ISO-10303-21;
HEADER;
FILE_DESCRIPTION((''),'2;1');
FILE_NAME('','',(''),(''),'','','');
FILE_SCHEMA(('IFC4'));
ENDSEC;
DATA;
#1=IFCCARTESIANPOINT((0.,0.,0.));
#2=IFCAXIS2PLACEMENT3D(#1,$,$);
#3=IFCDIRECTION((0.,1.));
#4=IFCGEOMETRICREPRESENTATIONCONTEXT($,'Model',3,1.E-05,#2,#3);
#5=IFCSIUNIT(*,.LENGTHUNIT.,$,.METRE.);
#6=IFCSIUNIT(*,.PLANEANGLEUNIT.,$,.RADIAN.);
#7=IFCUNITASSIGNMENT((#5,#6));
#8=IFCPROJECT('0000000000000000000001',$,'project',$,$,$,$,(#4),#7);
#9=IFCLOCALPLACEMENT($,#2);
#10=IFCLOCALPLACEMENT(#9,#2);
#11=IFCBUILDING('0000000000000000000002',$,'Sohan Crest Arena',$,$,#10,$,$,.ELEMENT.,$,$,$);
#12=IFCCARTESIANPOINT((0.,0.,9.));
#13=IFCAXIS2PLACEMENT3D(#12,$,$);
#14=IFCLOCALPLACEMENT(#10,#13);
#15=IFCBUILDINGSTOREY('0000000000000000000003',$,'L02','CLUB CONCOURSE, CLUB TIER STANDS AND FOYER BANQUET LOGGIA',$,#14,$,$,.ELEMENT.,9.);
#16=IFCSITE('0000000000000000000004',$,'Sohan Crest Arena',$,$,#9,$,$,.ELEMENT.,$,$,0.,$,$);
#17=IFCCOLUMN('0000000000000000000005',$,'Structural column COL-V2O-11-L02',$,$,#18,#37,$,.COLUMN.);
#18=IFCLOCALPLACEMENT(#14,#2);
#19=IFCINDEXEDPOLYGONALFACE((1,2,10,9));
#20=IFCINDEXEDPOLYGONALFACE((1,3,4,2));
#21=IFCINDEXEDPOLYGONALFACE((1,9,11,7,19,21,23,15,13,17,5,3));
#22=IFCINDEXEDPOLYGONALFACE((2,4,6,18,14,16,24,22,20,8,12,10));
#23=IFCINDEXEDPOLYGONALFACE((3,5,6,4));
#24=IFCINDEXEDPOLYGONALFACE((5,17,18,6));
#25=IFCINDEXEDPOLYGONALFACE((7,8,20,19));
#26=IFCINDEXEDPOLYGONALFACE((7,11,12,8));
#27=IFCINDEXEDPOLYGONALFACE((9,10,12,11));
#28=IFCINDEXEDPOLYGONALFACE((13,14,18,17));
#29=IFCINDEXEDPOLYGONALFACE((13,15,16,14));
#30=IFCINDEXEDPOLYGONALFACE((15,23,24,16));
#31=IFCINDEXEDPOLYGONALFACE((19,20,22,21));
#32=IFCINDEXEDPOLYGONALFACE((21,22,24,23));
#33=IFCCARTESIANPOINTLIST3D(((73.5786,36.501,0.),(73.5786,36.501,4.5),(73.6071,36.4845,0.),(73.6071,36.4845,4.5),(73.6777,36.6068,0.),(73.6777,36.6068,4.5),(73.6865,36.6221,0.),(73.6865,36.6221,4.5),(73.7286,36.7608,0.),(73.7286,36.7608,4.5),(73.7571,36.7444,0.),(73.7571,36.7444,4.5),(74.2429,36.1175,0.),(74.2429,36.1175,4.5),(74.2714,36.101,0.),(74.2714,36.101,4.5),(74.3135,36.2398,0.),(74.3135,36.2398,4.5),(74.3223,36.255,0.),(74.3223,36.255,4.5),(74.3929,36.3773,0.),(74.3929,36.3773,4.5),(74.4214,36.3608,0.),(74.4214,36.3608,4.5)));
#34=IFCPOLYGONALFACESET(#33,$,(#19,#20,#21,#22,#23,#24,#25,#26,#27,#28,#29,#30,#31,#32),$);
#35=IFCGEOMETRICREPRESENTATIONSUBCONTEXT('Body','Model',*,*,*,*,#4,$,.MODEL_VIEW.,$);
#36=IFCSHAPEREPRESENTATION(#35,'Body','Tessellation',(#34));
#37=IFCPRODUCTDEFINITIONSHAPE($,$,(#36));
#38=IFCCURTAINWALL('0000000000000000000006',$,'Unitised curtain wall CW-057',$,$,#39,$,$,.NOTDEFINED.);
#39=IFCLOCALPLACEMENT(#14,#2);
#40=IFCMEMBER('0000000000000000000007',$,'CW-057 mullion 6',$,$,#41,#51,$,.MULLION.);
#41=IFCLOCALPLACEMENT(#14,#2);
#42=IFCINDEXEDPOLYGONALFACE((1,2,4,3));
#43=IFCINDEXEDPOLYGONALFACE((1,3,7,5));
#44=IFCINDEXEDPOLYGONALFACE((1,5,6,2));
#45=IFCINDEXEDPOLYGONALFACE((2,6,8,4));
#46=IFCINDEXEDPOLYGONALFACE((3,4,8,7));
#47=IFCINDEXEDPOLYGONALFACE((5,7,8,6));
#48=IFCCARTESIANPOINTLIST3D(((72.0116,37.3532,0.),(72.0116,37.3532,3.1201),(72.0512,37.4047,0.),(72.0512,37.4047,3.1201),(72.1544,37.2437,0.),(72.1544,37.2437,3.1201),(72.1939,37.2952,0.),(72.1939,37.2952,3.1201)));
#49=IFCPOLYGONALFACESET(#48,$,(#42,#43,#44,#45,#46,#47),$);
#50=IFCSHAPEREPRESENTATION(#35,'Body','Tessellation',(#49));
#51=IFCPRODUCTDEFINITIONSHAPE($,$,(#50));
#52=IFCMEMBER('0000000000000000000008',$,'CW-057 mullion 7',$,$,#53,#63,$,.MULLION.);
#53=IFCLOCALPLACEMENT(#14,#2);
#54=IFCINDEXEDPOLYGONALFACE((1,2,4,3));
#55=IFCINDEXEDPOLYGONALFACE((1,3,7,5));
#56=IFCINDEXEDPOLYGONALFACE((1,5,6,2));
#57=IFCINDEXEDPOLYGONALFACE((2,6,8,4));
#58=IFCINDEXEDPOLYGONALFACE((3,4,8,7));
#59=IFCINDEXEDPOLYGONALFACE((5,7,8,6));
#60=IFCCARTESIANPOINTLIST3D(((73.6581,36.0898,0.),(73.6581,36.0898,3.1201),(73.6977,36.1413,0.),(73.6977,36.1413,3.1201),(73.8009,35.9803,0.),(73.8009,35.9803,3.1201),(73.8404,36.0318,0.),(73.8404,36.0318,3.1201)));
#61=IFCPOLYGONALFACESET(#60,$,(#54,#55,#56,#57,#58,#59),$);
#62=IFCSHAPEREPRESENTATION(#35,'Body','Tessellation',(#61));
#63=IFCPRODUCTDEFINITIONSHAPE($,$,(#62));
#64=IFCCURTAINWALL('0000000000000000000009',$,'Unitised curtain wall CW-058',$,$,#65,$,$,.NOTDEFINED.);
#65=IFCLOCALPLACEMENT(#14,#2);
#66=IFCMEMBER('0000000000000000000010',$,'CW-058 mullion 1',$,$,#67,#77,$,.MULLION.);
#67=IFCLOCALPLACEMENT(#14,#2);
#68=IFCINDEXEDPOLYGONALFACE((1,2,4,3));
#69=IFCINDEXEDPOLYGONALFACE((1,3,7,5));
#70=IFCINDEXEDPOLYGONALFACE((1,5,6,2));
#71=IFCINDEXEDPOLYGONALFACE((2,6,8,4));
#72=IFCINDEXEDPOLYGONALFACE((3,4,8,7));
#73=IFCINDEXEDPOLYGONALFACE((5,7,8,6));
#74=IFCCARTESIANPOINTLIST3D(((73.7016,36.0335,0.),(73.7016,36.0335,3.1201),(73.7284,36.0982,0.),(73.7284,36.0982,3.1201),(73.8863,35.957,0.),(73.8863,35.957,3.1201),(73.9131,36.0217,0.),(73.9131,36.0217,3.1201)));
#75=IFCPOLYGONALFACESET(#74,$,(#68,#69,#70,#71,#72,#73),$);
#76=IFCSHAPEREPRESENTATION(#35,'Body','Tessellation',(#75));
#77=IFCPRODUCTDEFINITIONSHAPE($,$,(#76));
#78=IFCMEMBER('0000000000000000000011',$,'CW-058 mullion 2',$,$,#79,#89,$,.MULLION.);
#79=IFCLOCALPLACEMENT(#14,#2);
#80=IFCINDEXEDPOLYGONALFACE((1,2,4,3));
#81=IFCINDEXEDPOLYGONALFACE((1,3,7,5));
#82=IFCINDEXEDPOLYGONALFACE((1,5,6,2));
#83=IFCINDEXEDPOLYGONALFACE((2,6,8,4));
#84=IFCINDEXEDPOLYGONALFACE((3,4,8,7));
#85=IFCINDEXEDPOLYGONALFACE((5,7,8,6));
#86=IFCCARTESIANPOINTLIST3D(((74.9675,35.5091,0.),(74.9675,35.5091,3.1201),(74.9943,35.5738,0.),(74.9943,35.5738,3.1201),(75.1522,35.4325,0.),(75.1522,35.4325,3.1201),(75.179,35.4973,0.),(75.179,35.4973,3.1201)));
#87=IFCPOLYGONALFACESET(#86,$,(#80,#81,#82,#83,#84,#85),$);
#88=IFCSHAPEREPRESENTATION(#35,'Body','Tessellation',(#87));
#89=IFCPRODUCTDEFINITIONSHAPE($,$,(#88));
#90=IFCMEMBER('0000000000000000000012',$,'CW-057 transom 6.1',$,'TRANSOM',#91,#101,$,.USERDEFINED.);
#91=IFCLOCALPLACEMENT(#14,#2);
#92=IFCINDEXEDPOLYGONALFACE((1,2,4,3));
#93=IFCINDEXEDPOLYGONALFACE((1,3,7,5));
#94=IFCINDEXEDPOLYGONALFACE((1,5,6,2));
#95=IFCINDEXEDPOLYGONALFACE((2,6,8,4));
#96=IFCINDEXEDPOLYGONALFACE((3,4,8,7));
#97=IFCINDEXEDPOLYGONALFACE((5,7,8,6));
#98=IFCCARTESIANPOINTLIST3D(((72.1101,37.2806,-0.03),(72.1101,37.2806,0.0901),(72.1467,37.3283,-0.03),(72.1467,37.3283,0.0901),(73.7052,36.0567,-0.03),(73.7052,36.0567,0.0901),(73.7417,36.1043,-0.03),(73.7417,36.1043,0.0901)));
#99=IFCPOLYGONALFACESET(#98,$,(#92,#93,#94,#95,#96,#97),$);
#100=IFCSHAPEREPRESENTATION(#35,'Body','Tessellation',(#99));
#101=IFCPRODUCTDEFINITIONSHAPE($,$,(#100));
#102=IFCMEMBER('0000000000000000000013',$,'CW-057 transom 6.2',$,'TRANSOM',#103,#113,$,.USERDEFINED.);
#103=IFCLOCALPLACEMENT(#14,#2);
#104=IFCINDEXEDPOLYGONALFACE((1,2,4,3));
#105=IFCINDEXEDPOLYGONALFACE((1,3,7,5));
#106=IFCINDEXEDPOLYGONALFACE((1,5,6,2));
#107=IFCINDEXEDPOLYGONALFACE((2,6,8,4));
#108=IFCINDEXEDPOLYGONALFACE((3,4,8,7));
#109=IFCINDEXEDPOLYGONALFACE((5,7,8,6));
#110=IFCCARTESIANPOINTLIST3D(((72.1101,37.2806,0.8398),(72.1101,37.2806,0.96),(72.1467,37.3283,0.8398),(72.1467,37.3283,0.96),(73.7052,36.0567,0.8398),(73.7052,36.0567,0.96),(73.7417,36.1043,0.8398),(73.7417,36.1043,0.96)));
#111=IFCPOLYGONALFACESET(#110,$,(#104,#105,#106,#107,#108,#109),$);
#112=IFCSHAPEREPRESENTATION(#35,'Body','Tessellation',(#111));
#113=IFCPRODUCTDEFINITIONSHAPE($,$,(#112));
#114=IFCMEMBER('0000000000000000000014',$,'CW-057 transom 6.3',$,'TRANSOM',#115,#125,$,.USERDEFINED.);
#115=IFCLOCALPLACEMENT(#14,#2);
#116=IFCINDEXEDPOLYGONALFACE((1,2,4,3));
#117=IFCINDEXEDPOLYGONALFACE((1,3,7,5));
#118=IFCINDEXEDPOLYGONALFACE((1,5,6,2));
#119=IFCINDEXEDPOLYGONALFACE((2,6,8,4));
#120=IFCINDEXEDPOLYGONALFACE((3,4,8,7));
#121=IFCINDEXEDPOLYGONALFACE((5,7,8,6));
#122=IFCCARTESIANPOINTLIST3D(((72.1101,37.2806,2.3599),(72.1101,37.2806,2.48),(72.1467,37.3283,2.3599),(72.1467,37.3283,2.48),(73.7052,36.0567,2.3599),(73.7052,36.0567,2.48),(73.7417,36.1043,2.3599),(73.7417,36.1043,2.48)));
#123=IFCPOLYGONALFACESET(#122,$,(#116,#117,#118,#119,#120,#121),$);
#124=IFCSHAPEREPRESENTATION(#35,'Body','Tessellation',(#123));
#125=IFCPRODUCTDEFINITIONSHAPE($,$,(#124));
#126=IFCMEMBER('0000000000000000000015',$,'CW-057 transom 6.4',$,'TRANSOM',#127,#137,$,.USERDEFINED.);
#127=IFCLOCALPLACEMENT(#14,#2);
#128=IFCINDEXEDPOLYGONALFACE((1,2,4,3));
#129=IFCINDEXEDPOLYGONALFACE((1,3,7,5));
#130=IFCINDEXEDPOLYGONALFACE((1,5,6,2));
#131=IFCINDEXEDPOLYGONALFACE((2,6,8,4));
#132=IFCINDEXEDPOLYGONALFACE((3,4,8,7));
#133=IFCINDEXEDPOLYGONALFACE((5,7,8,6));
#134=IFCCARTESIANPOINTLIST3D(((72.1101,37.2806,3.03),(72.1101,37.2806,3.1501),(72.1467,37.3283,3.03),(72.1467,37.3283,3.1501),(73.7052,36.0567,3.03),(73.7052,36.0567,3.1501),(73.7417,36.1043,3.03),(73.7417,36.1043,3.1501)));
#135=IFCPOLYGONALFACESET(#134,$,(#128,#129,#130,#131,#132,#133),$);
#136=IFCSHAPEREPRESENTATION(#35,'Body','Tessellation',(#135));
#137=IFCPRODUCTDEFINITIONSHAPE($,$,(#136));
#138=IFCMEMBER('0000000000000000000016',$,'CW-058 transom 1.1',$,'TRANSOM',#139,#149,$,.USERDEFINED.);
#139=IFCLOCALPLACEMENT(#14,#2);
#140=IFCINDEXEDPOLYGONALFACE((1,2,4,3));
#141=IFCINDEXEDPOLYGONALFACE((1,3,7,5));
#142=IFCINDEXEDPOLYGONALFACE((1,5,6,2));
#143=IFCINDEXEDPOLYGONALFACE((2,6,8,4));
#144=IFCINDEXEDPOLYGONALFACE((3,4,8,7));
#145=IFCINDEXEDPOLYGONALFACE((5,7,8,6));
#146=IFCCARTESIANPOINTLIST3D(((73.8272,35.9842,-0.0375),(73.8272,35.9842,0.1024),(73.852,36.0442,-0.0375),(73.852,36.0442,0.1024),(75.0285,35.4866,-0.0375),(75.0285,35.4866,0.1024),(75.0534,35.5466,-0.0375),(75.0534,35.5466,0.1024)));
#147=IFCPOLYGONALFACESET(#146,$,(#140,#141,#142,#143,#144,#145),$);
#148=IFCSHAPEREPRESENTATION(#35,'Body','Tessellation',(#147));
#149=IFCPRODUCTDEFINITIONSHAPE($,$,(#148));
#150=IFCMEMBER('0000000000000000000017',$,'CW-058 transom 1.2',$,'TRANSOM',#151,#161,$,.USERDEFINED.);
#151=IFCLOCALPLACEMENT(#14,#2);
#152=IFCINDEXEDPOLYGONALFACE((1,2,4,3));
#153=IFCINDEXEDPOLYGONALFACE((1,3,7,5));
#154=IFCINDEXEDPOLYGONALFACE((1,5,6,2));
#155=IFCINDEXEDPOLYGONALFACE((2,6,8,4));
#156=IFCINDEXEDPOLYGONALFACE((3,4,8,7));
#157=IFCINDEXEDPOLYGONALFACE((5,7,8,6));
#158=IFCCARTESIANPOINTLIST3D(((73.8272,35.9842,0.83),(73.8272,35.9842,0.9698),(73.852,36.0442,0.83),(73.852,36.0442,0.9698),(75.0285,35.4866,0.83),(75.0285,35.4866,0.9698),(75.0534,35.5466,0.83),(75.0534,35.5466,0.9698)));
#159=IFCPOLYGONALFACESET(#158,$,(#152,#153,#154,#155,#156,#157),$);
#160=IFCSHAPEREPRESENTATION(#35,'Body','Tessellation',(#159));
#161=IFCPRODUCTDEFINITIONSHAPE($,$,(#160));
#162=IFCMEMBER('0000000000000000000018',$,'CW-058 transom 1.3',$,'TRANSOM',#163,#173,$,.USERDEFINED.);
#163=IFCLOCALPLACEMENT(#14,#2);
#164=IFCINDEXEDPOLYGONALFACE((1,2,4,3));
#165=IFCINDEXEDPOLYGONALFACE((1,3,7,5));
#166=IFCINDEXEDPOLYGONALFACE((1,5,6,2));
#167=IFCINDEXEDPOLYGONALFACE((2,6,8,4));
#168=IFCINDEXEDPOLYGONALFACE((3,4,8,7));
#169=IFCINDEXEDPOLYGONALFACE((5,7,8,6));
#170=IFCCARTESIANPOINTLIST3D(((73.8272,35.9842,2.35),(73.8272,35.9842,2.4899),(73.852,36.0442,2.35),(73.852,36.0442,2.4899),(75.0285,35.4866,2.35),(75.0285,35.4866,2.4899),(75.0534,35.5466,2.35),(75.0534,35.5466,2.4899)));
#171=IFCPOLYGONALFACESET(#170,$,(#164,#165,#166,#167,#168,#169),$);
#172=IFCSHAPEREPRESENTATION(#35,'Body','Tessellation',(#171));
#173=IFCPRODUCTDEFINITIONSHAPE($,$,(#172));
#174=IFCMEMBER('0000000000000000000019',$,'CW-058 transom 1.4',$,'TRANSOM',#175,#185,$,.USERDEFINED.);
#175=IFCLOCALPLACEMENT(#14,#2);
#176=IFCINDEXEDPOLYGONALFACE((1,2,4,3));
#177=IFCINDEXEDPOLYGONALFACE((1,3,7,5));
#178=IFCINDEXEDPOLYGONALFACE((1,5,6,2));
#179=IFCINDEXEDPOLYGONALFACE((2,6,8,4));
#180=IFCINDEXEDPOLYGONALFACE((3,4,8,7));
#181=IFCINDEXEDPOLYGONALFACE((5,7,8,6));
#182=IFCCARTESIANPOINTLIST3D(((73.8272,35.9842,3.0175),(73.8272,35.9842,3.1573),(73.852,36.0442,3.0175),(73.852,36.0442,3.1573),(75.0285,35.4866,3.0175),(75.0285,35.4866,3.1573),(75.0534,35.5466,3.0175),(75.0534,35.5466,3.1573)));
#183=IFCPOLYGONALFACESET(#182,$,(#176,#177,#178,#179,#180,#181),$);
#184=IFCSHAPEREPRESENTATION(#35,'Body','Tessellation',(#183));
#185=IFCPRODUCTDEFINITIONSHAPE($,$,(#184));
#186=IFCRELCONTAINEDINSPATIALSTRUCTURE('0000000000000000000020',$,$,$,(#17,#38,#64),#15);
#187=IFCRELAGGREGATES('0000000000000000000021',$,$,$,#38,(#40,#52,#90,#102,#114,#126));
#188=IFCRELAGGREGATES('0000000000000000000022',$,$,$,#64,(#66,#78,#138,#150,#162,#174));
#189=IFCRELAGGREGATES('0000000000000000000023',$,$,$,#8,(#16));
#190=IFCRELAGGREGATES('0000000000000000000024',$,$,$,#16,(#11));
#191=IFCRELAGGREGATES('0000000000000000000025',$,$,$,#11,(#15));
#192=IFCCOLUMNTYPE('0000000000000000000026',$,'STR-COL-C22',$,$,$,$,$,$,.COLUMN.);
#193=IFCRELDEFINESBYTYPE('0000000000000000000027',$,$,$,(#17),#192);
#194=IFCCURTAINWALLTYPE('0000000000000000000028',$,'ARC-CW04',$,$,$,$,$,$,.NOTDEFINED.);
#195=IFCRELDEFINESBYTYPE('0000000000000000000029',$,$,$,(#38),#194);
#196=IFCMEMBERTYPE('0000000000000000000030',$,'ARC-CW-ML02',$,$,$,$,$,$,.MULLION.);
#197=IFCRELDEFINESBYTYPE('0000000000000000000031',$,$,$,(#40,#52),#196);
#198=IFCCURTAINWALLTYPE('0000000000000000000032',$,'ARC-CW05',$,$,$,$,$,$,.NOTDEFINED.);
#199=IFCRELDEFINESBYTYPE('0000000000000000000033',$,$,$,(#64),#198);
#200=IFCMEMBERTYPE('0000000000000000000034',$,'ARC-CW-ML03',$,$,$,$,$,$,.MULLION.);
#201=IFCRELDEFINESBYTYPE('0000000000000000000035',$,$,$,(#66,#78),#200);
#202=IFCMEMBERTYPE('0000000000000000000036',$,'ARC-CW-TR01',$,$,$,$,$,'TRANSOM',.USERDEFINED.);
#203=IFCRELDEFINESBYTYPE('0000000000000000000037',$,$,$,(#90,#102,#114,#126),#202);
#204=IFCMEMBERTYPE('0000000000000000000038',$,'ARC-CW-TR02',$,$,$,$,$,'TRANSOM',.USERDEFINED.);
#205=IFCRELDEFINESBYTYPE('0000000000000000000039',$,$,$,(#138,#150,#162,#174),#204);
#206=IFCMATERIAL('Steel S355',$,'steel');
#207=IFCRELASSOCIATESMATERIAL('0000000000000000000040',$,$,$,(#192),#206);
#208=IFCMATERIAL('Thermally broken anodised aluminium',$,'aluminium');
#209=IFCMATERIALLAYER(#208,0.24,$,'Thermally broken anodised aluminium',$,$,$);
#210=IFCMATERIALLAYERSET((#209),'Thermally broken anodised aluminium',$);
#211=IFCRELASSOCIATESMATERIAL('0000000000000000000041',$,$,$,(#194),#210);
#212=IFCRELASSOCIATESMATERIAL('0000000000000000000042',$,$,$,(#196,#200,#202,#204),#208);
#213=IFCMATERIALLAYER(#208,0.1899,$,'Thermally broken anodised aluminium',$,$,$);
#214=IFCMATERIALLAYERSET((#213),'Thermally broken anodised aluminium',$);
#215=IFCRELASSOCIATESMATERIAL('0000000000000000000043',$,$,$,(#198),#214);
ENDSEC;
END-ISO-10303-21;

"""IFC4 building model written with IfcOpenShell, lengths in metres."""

from ifc_helpers import new_model, si_unit, direction, frame, origin, origin_2d, place, context, subcontext, project, spatial, rectangle, i_section, extrude, material, layer, layer_set, material_profile, profile_set, type_object, element, aggregate, save


model = new_model("IFC4")

# Units and contexts
model_context = context("Model", 3, precision=1e-05, world=origin(), true_north=direction((0.0, 1.0)))
body_context = subcontext(model_context, "Body", "Model", "MODEL_VIEW")
ifc_project = project(units=[si_unit("LENGTHUNIT", "METRE"), si_unit("PLANEANGLEUNIT", "RADIAN")], contexts=[model_context])

# Site, building, storey
site_placement = place(None, origin())
site = spatial("IfcSite", under=ifc_project, at=site_placement, Name="Sohan Crest Arena", CompositionType="ELEMENT", RefElevation=0.0)
building_placement = place(site_placement, origin())
building = spatial("IfcBuilding", under=site, at=building_placement, Name="Sohan Crest Arena", CompositionType="ELEMENT")
storey_placement = place(building_placement, frame((0.0, 0.0, 9.0)))
storey = spatial("IfcBuildingStorey", under=building, at=storey_placement, Name="L02", Description="CLUB CONCOURSE, CLUB TIER STANDS AND FOYER BANQUET LOGGIA", CompositionType="ELEMENT", Elevation=9.0)

# Column
ifc_material_1 = material(Name="Steel S355", Category="steel")
ifc_material_profile_1 = material_profile(ifc_material_1, i_section(OverallWidth=0.3, OverallDepth=0.8, WebThickness=0.0176, FlangeThickness=0.033, at=origin_2d()), Name="HEB 800")
ifc_profile_set_1 = profile_set([ifc_material_profile_1], Name="Steel S355")
column_type = type_object("IfcColumnType", Name="STR-COL-C22", PredefinedType="COLUMN", material=ifc_profile_set_1)
column_placement = place(storey_placement, frame((74.0, 36.4309, 0.0), z_axis=(0.0, 0.0, 1.0), x_axis=(0.5, 0.866025, 0.0)))
element("IfcColumn", 1, at=column_placement, inside=storey, type_object=column_type, Name="Structural column COL-V2O-11-L02", PredefinedType="COLUMN", context=body_context, shape_type="SweptSolid", body=[
    extrude(i_section(OverallWidth=0.3, OverallDepth=0.8, WebThickness=0.0176, FlangeThickness=0.033, at=origin_2d()), origin(), (0.0, 0.0, 1.0), 4.5),
])

# Curtain walls, members
ifc_material_2 = material(Name="Thermally broken anodised aluminium", Category="aluminium")
ifc_layer_1 = layer(ifc_material_2, 0.24, Name="Thermally broken anodised aluminium")
ifc_layer_set_1 = layer_set([ifc_layer_1], Name="Thermally broken anodised aluminium")
curtain_wall_type_1 = type_object("IfcCurtainWallType", Name="ARC-CW04", PredefinedType="NOTDEFINED", material=ifc_layer_set_1)
curtain_wall_1_placement = place(storey_placement, origin())
curtain_wall_1 = element("IfcCurtainWall", 2, at=curtain_wall_1_placement, inside=storey, type_object=curtain_wall_type_1, Name="Unitised curtain wall CW-057", PredefinedType="NOTDEFINED")
ifc_material_profile_2 = material_profile(ifc_material_2, rectangle(XDim=0.0649, YDim=0.1799, at=origin_2d()), Name="ALU-MULL 65x180")
ifc_profile_set_2 = profile_set([ifc_material_profile_2], Name="Thermally broken anodised aluminium")
member_type_1 = type_object("IfcMemberType", Name="ARC-CW-ML02", PredefinedType="MULLION", material=ifc_profile_set_2)
member_1_placement = place(storey_placement, frame((72.1028, 37.3242, 0.0), z_axis=(0.0, 0.0, 1.0), x_axis=(0.608793, 0.793329, 0.0)))
member_1 = element("IfcMember", 3, at=member_1_placement, type_object=member_type_1, Name="CW-057 mullion 6", PredefinedType="MULLION", context=body_context, shape_type="SweptSolid", body=[
    extrude(rectangle(XDim=0.0649, YDim=0.1799, at=origin_2d()), origin(), (0.0, 0.0, 1.0), 3.1201),
])
member_2_placement = place(storey_placement, frame((73.7493, 36.0608, 0.0), z_axis=(0.0, 0.0, 1.0), x_axis=(0.608793, 0.793329, 0.0)))
member_2 = element("IfcMember", 4, at=member_2_placement, type_object=member_type_1, Name="CW-057 mullion 7", PredefinedType="MULLION", context=body_context, shape_type="SweptSolid", body=[
    extrude(rectangle(XDim=0.0649, YDim=0.1799, at=origin_2d()), origin(), (0.0, 0.0, 1.0), 3.1201),
])
ifc_layer_2 = layer(ifc_material_2, 0.1899, Name="Thermally broken anodised aluminium")
ifc_layer_set_2 = layer_set([ifc_layer_2], Name="Thermally broken anodised aluminium")
curtain_wall_type_2 = type_object("IfcCurtainWallType", Name="ARC-CW05", PredefinedType="NOTDEFINED", material=ifc_layer_set_2)
curtain_wall_2_placement = place(storey_placement, origin())
curtain_wall_2 = element("IfcCurtainWall", 5, at=curtain_wall_2_placement, inside=storey, type_object=curtain_wall_type_2, Name="Unitised curtain wall CW-058", PredefinedType="NOTDEFINED")
ifc_material_profile_3 = material_profile(ifc_material_2, rectangle(XDim=0.0701, YDim=0.2, at=origin_2d()), Name="ALU-MULL 70x200")
ifc_profile_set_3 = profile_set([ifc_material_profile_3], Name="Thermally broken anodised aluminium")
member_type_2 = type_object("IfcMemberType", Name="ARC-CW-ML03", PredefinedType="MULLION", material=ifc_profile_set_3)
member_3_placement = place(storey_placement, frame((73.8074, 36.0276, 0.0), z_axis=(0.0, 0.0, 1.0), x_axis=(0.382678, 0.923882, 0.0)))
member_3 = element("IfcMember", 6, at=member_3_placement, type_object=member_type_2, Name="CW-058 mullion 1", PredefinedType="MULLION", context=body_context, shape_type="SweptSolid", body=[
    extrude(rectangle(XDim=0.0701, YDim=0.2, at=origin_2d()), origin(), (0.0, 0.0, 1.0), 3.1201),
])
member_4_placement = place(storey_placement, frame((75.0732, 35.5032, 0.0), z_axis=(0.0, 0.0, 1.0), x_axis=(0.382678, 0.923882, 0.0)))
member_4 = element("IfcMember", 7, at=member_4_placement, type_object=member_type_2, Name="CW-058 mullion 2", PredefinedType="MULLION", context=body_context, shape_type="SweptSolid", body=[
    extrude(rectangle(XDim=0.0701, YDim=0.2, at=origin_2d()), origin(), (0.0, 0.0, 1.0), 3.1201),
])

# Members
ifc_material_profile_4 = material_profile(ifc_material_2, rectangle(XDim=0.0601, YDim=0.1201, at=origin_2d()), Name="ALU-TRAN 60x120")
ifc_profile_set_4 = profile_set([ifc_material_profile_4], Name="Thermally broken anodised aluminium")
member_type_3 = type_object("IfcMemberType", Name="ARC-CW-TR01", ElementType="TRANSOM", PredefinedType="USERDEFINED", material=ifc_profile_set_4)
member_5_placement = place(storey_placement, frame((72.1284, 37.3044, 0.03), z_axis=(0.79335, -0.608765, 0.0), x_axis=(0.608765, 0.79335, 0.0)))
member_5 = element("IfcMember", 8, at=member_5_placement, type_object=member_type_3, Name="CW-057 transom 6.1", ObjectType="TRANSOM", PredefinedType="USERDEFINED", context=body_context, shape_type="SweptSolid", body=[
    extrude(rectangle(XDim=0.0601, YDim=0.1201, at=origin_2d()), origin(), (0.0, 0.0, 1.0), 2.0105),
])
member_6_placement = place(storey_placement, frame((72.1284, 37.3044, 0.8999), z_axis=(0.79335, -0.608765, 0.0), x_axis=(0.608765, 0.79335, 0.0)))
member_6 = element("IfcMember", 9, at=member_6_placement, type_object=member_type_3, Name="CW-057 transom 6.2", ObjectType="TRANSOM", PredefinedType="USERDEFINED", context=body_context, shape_type="SweptSolid", body=[
    extrude(rectangle(XDim=0.0601, YDim=0.1201, at=origin_2d()), origin(), (0.0, 0.0, 1.0), 2.0105),
])
member_7_placement = place(storey_placement, frame((72.1284, 37.3044, 2.4199), z_axis=(0.79335, -0.608765, 0.0), x_axis=(0.608765, 0.79335, 0.0)))
member_7 = element("IfcMember", 10, at=member_7_placement, type_object=member_type_3, Name="CW-057 transom 6.3", ObjectType="TRANSOM", PredefinedType="USERDEFINED", context=body_context, shape_type="SweptSolid", body=[
    extrude(rectangle(XDim=0.0601, YDim=0.1201, at=origin_2d()), origin(), (0.0, 0.0, 1.0), 2.0105),
])
member_8_placement = place(storey_placement, frame((72.1284, 37.3044, 3.0901), z_axis=(0.79335, -0.608765, 0.0), x_axis=(0.608765, 0.79335, 0.0)))
member_8 = element("IfcMember", 11, at=member_8_placement, type_object=member_type_3, Name="CW-057 transom 6.4", ObjectType="TRANSOM", PredefinedType="USERDEFINED", context=body_context, shape_type="SweptSolid", body=[
    extrude(rectangle(XDim=0.0601, YDim=0.1201, at=origin_2d()), origin(), (0.0, 0.0, 1.0), 2.0105),
])
ifc_material_profile_5 = material_profile(ifc_material_2, rectangle(XDim=0.0649, YDim=0.1399, at=origin_2d()), Name="ALU-TRAN 65x140")
ifc_profile_set_5 = profile_set([ifc_material_profile_5], Name="Thermally broken anodised aluminium")
member_type_4 = type_object("IfcMemberType", Name="ARC-CW-TR02", ElementType="TRANSOM", PredefinedType="USERDEFINED", material=ifc_profile_set_5)
member_9_placement = place(storey_placement, frame((73.8396, 36.0142, 0.0325), z_axis=(0.923902, -0.382628, 0.0), x_axis=(0.382628, 0.923902, 0.0)))
member_9 = element("IfcMember", 12, at=member_9_placement, type_object=member_type_4, Name="CW-058 transom 1.1", ObjectType="TRANSOM", PredefinedType="USERDEFINED", context=body_context, shape_type="SweptSolid", body=[
    extrude(rectangle(XDim=0.0649, YDim=0.1399, at=origin_2d()), origin(), (0.0, 0.0, 1.0), 1.3003),
])
member_10_placement = place(storey_placement, frame((73.8396, 36.0142, 0.8999), z_axis=(0.923902, -0.382628, 0.0), x_axis=(0.382628, 0.923902, 0.0)))
member_10 = element("IfcMember", 13, at=member_10_placement, type_object=member_type_4, Name="CW-058 transom 1.2", ObjectType="TRANSOM", PredefinedType="USERDEFINED", context=body_context, shape_type="SweptSolid", body=[
    extrude(rectangle(XDim=0.0649, YDim=0.1399, at=origin_2d()), origin(), (0.0, 0.0, 1.0), 1.3003),
])
member_11_placement = place(storey_placement, frame((73.8396, 36.0142, 2.4199), z_axis=(0.923902, -0.382628, 0.0), x_axis=(0.382628, 0.923902, 0.0)))
member_11 = element("IfcMember", 14, at=member_11_placement, type_object=member_type_4, Name="CW-058 transom 1.3", ObjectType="TRANSOM", PredefinedType="USERDEFINED", context=body_context, shape_type="SweptSolid", body=[
    extrude(rectangle(XDim=0.0649, YDim=0.1399, at=origin_2d()), origin(), (0.0, 0.0, 1.0), 1.3003),
])
member_12_placement = place(storey_placement, frame((73.8396, 36.0142, 3.0874), z_axis=(0.923902, -0.382628, 0.0), x_axis=(0.382628, 0.923902, 0.0)))
member_12 = element("IfcMember", 15, at=member_12_placement, type_object=member_type_4, Name="CW-058 transom 1.4", ObjectType="TRANSOM", PredefinedType="USERDEFINED", context=body_context, shape_type="SweptSolid", body=[
    extrude(rectangle(XDim=0.0649, YDim=0.1399, at=origin_2d()), origin(), (0.0, 0.0, 1.0), 1.3003),
])

aggregate(curtain_wall_1, [member_1, member_2, member_5, member_6, member_7, member_8])
aggregate(curtain_wall_2, [member_3, member_4, member_9, member_10, member_11, member_12])

save(model, "model.ifc")
